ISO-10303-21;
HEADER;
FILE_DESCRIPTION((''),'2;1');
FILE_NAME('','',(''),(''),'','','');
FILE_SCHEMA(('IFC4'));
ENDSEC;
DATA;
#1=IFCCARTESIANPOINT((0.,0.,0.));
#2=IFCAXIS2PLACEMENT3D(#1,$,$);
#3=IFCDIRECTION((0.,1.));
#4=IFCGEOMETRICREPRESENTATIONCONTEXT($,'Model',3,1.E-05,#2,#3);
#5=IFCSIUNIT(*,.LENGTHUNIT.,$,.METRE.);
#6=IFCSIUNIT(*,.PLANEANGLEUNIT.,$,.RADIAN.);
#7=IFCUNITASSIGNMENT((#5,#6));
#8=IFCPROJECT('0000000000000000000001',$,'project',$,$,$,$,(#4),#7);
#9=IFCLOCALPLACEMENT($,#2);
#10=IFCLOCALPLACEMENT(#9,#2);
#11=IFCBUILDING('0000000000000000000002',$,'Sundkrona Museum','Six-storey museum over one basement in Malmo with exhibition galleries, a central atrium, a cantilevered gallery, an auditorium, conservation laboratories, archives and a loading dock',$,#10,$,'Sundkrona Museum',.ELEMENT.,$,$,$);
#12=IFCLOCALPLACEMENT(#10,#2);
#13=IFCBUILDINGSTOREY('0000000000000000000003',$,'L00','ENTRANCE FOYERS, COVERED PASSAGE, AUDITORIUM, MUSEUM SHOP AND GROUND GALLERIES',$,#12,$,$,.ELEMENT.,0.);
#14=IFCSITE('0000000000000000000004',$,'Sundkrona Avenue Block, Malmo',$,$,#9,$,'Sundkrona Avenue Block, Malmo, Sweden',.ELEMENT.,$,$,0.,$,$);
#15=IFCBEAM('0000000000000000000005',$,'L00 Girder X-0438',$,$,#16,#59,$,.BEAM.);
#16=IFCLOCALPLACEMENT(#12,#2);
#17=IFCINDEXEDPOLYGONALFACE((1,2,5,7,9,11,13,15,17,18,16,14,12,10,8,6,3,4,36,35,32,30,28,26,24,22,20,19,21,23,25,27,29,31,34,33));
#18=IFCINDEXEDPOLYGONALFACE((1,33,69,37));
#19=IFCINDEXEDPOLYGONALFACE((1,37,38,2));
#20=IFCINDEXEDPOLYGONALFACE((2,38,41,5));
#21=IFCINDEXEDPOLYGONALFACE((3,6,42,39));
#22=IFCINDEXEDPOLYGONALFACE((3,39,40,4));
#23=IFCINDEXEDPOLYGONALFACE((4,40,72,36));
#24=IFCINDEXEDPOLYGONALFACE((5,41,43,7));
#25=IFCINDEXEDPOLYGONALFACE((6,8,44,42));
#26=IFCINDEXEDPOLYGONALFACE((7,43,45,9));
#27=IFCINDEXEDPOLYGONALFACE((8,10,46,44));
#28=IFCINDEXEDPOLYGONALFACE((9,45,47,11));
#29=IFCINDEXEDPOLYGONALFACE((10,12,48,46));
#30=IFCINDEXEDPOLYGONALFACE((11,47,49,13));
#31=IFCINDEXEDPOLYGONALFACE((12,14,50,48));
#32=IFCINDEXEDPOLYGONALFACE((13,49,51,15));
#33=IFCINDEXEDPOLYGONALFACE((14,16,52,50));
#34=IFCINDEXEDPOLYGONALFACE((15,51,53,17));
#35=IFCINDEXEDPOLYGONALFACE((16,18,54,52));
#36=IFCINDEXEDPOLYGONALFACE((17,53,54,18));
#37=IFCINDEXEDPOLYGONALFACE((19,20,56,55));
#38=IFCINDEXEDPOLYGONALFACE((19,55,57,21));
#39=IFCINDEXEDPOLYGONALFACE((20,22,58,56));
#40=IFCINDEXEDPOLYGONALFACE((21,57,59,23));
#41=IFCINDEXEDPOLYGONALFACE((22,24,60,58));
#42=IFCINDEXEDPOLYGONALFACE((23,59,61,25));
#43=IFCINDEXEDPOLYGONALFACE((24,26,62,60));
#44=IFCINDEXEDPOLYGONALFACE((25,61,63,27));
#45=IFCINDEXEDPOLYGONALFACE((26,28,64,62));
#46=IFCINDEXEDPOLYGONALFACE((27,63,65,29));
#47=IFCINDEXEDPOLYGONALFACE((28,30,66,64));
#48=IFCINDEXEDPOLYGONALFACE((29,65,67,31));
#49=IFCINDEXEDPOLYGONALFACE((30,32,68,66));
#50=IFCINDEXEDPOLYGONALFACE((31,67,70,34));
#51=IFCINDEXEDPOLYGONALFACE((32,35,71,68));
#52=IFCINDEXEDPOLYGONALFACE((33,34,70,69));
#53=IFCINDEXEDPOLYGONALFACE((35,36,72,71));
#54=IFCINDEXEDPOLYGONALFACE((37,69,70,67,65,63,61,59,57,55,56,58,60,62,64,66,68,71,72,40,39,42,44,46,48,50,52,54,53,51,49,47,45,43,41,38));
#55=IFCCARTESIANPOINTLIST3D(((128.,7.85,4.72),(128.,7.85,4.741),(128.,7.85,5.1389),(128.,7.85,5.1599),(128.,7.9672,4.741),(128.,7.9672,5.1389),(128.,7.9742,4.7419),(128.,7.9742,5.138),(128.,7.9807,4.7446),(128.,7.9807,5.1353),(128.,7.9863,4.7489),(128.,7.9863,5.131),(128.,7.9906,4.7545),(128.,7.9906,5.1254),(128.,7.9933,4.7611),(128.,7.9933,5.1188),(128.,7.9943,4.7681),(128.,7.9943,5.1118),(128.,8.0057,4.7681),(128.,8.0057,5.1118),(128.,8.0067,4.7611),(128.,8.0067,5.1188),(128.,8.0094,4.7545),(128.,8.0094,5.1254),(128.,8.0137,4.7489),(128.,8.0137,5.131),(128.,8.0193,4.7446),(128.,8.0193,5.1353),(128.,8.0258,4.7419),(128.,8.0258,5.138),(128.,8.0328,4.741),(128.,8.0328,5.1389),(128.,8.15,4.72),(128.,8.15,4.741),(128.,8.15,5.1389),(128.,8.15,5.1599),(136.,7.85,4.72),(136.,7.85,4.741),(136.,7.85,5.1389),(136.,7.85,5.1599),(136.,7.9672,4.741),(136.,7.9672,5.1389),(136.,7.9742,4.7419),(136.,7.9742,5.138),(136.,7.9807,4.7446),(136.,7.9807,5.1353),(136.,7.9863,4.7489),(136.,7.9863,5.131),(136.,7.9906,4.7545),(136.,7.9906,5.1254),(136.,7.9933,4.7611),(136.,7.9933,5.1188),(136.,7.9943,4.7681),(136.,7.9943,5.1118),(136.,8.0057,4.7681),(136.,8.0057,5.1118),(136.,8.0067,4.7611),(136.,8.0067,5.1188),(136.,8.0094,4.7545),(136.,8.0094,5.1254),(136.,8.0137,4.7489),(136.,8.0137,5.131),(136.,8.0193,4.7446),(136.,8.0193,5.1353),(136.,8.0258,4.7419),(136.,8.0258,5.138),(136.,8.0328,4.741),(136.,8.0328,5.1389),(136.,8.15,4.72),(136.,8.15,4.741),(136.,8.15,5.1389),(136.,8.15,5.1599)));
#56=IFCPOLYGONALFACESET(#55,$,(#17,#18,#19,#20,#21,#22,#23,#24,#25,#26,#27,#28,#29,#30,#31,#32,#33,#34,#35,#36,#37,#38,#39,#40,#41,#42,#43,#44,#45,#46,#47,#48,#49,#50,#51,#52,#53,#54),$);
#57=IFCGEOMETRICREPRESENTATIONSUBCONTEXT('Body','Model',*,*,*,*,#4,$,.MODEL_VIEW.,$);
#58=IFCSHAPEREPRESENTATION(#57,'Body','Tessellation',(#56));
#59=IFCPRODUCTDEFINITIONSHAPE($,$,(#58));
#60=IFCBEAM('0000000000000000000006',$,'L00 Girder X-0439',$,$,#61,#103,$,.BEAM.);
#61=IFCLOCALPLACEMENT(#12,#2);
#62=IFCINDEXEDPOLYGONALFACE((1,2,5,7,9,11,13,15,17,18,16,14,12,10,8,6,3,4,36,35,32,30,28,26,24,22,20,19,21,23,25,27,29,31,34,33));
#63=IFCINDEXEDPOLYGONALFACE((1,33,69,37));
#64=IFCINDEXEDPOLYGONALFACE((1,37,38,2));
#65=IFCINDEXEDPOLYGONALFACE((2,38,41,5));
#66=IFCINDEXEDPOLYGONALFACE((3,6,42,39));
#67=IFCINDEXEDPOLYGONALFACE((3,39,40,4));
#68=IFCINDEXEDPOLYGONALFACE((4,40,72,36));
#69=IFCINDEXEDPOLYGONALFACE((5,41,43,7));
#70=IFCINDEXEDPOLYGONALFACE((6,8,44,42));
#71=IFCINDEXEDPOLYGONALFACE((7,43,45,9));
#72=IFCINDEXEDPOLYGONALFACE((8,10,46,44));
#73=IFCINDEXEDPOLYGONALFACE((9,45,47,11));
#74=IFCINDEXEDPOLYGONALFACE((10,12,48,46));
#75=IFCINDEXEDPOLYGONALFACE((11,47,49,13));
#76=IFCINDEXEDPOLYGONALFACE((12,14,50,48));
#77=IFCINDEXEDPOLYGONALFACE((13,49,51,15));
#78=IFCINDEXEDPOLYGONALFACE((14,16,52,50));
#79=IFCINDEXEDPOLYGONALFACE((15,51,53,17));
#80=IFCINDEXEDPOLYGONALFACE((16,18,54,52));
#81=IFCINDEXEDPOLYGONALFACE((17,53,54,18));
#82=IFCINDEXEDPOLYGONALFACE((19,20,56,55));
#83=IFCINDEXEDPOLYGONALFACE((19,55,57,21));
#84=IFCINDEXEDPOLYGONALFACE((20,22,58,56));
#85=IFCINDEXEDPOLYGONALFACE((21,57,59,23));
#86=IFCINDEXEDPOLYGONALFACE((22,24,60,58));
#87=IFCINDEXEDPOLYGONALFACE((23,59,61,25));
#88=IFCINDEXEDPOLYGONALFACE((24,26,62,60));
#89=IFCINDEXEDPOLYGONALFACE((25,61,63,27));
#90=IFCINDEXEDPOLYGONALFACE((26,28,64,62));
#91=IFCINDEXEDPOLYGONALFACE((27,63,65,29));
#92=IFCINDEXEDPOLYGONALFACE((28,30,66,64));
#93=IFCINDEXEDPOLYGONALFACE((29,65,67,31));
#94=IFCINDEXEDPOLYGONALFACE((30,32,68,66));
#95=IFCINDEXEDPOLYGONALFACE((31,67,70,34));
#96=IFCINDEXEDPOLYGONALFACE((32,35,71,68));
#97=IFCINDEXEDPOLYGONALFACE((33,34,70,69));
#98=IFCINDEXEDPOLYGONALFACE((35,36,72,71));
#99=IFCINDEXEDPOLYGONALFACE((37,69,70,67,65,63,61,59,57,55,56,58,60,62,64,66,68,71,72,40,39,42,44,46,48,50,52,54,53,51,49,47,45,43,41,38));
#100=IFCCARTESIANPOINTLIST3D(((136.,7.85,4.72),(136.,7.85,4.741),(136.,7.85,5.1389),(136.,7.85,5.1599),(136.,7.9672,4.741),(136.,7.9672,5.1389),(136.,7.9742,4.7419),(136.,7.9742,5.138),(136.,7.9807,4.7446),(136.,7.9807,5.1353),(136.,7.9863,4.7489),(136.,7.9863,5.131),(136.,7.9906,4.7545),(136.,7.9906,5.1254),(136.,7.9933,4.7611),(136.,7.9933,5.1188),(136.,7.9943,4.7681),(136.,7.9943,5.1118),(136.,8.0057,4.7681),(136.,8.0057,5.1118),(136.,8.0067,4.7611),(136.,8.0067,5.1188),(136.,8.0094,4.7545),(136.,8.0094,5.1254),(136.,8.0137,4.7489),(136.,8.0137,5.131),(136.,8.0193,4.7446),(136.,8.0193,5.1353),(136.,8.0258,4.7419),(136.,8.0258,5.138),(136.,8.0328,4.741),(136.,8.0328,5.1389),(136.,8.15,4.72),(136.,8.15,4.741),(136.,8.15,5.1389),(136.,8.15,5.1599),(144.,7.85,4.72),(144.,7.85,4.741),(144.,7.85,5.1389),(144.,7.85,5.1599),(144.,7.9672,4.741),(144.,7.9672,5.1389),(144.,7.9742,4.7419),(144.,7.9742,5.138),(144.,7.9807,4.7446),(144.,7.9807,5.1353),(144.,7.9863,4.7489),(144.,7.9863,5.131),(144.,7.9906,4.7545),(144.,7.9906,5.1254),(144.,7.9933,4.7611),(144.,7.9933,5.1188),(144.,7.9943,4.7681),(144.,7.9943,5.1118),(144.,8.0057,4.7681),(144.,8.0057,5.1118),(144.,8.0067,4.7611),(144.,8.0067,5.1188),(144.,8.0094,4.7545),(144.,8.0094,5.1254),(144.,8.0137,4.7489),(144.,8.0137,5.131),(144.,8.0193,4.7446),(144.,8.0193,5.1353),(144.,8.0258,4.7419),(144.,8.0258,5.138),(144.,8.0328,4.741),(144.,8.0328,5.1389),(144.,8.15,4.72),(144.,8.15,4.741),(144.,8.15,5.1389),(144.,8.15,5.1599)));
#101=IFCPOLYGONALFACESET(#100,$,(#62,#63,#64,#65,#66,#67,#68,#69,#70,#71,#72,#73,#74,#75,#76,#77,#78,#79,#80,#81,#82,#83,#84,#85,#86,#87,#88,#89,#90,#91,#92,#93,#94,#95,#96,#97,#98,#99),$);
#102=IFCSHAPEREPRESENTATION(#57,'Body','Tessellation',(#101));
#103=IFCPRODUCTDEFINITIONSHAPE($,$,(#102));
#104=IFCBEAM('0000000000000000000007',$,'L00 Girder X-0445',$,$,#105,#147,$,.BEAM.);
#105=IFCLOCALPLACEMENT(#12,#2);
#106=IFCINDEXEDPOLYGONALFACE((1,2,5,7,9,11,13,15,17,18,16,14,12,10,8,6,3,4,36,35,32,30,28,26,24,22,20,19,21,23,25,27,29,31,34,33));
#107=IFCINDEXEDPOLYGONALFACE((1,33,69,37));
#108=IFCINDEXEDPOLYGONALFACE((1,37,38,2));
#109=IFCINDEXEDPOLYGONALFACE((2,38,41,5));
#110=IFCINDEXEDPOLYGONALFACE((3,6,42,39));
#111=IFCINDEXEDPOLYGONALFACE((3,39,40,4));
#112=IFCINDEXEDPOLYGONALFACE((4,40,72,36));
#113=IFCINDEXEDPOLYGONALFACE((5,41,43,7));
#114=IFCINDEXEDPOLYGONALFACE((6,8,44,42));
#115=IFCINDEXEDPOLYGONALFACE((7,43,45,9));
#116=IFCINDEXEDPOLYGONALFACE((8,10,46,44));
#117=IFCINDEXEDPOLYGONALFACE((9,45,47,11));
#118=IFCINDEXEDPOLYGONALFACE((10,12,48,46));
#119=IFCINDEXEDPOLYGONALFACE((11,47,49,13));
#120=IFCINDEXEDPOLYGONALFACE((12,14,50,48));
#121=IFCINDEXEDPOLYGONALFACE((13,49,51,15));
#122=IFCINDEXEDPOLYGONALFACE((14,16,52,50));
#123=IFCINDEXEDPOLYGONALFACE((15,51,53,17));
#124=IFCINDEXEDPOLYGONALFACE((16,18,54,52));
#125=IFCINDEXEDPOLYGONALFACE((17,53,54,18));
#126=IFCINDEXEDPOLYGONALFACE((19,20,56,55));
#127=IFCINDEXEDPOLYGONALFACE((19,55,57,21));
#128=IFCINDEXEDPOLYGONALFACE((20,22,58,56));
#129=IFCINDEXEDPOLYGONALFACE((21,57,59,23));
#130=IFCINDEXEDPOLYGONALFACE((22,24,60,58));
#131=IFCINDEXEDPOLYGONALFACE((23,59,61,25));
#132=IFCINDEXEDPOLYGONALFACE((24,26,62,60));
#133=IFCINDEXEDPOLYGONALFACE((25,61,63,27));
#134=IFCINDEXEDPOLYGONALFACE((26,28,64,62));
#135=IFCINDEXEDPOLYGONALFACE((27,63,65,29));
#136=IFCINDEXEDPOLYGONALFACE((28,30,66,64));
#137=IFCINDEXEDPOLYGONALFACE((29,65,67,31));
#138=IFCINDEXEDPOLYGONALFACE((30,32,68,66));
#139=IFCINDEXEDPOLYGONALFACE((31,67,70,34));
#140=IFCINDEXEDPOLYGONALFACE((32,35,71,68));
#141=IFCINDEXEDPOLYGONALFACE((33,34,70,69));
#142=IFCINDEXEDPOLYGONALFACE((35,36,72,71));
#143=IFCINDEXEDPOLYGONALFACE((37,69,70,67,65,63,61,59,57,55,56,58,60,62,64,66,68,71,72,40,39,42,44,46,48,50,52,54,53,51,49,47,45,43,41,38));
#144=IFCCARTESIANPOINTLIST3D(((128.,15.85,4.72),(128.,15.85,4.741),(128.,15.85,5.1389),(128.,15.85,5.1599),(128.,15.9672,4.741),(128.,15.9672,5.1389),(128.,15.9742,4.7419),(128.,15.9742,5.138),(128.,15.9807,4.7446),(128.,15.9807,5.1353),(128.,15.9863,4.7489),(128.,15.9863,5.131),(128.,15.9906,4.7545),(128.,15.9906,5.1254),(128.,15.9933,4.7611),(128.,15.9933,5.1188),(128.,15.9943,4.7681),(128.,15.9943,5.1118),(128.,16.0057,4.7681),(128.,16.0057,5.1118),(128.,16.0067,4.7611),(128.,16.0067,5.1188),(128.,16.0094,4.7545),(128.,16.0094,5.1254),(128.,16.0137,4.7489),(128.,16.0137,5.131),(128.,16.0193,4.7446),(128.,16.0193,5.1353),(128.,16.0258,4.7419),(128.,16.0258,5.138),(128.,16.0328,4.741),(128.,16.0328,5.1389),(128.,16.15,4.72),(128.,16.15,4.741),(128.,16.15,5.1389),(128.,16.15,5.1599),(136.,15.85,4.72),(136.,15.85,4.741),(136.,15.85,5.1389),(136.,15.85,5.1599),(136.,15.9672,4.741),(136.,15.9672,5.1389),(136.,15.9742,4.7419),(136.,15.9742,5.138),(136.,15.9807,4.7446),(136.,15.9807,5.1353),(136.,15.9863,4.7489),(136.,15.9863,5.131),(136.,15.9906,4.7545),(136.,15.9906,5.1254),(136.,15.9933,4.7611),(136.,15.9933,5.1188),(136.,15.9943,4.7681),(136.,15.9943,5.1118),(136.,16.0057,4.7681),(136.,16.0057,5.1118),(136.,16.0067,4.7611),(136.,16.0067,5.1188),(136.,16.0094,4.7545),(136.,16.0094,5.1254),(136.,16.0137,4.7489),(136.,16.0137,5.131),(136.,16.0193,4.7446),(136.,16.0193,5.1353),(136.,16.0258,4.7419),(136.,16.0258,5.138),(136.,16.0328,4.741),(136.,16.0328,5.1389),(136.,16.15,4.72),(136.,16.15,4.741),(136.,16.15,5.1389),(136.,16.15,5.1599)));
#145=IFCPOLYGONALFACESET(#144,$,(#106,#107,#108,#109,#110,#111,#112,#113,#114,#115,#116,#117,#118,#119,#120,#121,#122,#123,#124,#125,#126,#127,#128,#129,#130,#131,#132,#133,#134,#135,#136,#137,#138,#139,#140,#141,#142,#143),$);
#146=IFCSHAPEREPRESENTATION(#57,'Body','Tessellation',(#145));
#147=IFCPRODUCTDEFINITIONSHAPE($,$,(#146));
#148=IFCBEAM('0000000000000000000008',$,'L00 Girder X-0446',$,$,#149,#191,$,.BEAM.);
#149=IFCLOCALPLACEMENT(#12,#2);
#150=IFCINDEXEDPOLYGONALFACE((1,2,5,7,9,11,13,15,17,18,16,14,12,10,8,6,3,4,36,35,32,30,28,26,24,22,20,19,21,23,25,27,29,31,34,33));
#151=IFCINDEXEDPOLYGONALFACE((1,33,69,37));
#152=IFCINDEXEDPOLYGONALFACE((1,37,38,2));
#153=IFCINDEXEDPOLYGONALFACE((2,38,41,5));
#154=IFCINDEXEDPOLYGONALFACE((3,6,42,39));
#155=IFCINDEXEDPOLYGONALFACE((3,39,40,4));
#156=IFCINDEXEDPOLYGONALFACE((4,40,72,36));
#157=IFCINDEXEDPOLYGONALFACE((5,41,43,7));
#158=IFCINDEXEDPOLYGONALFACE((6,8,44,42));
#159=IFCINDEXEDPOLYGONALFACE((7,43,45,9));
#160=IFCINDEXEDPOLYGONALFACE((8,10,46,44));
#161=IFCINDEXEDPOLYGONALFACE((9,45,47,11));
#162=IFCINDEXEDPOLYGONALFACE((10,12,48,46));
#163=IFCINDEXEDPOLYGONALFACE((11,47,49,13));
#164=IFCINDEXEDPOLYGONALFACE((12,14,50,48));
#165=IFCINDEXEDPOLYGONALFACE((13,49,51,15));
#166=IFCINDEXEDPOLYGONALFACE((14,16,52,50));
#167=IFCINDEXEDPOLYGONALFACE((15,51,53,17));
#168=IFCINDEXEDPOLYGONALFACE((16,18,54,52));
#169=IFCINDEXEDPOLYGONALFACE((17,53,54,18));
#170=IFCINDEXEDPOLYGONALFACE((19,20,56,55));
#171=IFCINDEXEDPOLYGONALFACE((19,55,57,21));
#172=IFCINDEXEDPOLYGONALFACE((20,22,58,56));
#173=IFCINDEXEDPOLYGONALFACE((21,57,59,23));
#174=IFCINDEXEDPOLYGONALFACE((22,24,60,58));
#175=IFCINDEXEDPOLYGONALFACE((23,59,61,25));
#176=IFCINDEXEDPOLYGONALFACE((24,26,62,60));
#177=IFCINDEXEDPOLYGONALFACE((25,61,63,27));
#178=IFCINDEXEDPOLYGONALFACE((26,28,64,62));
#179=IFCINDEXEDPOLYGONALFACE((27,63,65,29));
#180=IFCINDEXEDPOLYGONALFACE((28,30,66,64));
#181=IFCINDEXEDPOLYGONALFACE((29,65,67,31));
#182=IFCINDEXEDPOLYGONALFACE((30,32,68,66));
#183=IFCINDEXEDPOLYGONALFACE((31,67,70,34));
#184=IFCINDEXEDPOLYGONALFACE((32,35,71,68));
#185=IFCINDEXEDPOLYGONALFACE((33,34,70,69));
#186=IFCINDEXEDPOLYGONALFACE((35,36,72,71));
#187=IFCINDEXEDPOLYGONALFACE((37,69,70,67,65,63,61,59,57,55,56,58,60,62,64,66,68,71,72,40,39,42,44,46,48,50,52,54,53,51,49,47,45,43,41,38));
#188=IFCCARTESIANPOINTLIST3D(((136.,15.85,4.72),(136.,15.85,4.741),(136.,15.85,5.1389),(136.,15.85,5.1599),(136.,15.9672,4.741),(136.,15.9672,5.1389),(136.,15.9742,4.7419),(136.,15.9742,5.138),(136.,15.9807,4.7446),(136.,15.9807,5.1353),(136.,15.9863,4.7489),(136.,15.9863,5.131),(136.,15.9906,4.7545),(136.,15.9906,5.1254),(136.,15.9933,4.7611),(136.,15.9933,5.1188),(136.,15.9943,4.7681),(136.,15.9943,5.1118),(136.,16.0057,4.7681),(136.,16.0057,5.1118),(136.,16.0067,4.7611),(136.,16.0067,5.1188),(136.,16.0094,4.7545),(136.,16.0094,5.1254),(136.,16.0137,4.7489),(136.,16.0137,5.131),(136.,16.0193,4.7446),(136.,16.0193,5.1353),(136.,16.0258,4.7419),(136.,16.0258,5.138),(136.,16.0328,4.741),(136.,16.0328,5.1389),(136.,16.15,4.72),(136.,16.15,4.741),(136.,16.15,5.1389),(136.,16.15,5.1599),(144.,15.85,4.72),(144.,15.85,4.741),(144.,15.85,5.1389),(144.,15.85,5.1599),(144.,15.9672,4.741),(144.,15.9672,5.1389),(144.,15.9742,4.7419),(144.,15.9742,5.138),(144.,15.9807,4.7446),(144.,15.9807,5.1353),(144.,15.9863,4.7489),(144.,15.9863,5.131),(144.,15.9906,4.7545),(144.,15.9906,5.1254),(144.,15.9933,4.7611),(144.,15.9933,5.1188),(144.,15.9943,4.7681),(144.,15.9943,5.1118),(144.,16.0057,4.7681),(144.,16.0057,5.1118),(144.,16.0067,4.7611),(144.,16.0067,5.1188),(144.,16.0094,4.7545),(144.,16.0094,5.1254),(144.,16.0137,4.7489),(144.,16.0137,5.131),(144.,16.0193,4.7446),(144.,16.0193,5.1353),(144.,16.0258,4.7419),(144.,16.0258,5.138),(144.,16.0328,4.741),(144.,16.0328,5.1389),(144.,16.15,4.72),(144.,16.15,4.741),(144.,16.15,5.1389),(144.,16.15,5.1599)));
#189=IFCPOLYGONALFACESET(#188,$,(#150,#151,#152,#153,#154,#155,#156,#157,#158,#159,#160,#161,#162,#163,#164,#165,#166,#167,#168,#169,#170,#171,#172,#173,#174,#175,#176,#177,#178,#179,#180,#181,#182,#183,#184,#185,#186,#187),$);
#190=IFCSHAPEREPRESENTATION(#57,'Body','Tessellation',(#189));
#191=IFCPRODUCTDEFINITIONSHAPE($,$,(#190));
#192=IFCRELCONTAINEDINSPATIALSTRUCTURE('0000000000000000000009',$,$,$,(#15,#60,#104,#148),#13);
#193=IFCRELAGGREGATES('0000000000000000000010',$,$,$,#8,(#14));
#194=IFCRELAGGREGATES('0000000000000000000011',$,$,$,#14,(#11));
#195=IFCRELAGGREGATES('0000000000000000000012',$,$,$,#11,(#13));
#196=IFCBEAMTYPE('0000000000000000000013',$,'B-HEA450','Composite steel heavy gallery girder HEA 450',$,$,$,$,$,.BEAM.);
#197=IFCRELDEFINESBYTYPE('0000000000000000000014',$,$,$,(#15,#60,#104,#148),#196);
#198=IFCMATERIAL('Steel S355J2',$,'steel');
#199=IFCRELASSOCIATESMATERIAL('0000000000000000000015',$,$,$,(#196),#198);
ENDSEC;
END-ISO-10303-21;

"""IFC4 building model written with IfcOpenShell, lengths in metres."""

from ifc_helpers import new_model, si_unit, direction, frame, origin, origin_2d, place, context, subcontext, project, spatial, i_section, extrude, material, material_profile, profile_set, type_object, element, save


model = new_model("IFC4")

# Units and contexts
model_context = context("Model", 3, precision=1e-05, world=origin(), true_north=direction((0.0, 1.0)))
body_context = subcontext(model_context, "Body", "Model", "MODEL_VIEW")
ifc_project = project(units=[si_unit("LENGTHUNIT", "METRE"), si_unit("PLANEANGLEUNIT", "RADIAN")], contexts=[model_context])

# Site, building, storey
site_placement = place(None, origin())
site = spatial("IfcSite", under=ifc_project, at=site_placement, Name="Sundkrona Avenue Block, Malmo", LongName="Sundkrona Avenue Block, Malmo, Sweden", CompositionType="ELEMENT", RefElevation=0.0)
building_placement = place(site_placement, origin())
building = spatial("IfcBuilding", under=site, at=building_placement, Name="Sundkrona Museum", Description="Six-storey museum over one basement in Malmo with exhibition galleries, a central atrium, a cantilevered gallery, an auditorium, conservation laboratories, archives and a loading dock", LongName="Sundkrona Museum", CompositionType="ELEMENT")
storey_placement = place(building_placement, origin())
storey = spatial("IfcBuildingStorey", under=building, at=storey_placement, Name="L00", Description="ENTRANCE FOYERS, COVERED PASSAGE, AUDITORIUM, MUSEUM SHOP AND GROUND GALLERIES", CompositionType="ELEMENT", Elevation=0.0)

# Shared definitions
ifc_material_1 = material(Name="Steel S355J2", Category="steel")

# Beams
ifc_material_profile_1 = material_profile(ifc_material_1, i_section(OverallWidth=0.3, OverallDepth=0.4399, WebThickness=0.0115, FlangeThickness=0.021, FilletRadius=0.0271, at=origin_2d()), Name="HEA 450")
ifc_profile_set_1 = profile_set([ifc_material_profile_1], Name="Steel S355J2")
beam_type_1 = type_object("IfcBeamType", Name="B-HEA450", Description="Composite steel heavy gallery girder HEA 450", PredefinedType="BEAM", material=ifc_profile_set_1)
for number, where, z_axis, x_axis, name in (
    (1, (128.0, 8.0, 4.9399), (1.0, 0.0, 0.0), (0.0, 1.0, 0.0), "L00 Girder X-0438"),
    (2, (136.0, 8.0, 4.9399), (1.0, 0.0, 0.0), (0.0, 1.0, 0.0), "L00 Girder X-0439"),
    (3, (128.0, 16.0, 4.9399), (1.0, 0.0, 0.0), (0.0, 1.0, 0.0), "L00 Girder X-0445"),
    (4, (136.0, 16.0, 4.9399), (1.0, 0.0, 0.0), (0.0, 1.0, 0.0), "L00 Girder X-0446"),
):
    element("IfcBeam", number, at=place(storey_placement, frame(where, z_axis=z_axis, x_axis=x_axis)), inside=storey, type_object=beam_type_1, Name=name, PredefinedType="BEAM", context=body_context, shape_type="SweptSolid", body=[
        extrude(i_section(OverallWidth=0.3, OverallDepth=0.4399, WebThickness=0.0115, FlangeThickness=0.021, FilletRadius=0.0271, at=origin_2d()), origin(), (0.0, 0.0, 1.0), 8.0),
    ])

save(model, "model.ifc")
